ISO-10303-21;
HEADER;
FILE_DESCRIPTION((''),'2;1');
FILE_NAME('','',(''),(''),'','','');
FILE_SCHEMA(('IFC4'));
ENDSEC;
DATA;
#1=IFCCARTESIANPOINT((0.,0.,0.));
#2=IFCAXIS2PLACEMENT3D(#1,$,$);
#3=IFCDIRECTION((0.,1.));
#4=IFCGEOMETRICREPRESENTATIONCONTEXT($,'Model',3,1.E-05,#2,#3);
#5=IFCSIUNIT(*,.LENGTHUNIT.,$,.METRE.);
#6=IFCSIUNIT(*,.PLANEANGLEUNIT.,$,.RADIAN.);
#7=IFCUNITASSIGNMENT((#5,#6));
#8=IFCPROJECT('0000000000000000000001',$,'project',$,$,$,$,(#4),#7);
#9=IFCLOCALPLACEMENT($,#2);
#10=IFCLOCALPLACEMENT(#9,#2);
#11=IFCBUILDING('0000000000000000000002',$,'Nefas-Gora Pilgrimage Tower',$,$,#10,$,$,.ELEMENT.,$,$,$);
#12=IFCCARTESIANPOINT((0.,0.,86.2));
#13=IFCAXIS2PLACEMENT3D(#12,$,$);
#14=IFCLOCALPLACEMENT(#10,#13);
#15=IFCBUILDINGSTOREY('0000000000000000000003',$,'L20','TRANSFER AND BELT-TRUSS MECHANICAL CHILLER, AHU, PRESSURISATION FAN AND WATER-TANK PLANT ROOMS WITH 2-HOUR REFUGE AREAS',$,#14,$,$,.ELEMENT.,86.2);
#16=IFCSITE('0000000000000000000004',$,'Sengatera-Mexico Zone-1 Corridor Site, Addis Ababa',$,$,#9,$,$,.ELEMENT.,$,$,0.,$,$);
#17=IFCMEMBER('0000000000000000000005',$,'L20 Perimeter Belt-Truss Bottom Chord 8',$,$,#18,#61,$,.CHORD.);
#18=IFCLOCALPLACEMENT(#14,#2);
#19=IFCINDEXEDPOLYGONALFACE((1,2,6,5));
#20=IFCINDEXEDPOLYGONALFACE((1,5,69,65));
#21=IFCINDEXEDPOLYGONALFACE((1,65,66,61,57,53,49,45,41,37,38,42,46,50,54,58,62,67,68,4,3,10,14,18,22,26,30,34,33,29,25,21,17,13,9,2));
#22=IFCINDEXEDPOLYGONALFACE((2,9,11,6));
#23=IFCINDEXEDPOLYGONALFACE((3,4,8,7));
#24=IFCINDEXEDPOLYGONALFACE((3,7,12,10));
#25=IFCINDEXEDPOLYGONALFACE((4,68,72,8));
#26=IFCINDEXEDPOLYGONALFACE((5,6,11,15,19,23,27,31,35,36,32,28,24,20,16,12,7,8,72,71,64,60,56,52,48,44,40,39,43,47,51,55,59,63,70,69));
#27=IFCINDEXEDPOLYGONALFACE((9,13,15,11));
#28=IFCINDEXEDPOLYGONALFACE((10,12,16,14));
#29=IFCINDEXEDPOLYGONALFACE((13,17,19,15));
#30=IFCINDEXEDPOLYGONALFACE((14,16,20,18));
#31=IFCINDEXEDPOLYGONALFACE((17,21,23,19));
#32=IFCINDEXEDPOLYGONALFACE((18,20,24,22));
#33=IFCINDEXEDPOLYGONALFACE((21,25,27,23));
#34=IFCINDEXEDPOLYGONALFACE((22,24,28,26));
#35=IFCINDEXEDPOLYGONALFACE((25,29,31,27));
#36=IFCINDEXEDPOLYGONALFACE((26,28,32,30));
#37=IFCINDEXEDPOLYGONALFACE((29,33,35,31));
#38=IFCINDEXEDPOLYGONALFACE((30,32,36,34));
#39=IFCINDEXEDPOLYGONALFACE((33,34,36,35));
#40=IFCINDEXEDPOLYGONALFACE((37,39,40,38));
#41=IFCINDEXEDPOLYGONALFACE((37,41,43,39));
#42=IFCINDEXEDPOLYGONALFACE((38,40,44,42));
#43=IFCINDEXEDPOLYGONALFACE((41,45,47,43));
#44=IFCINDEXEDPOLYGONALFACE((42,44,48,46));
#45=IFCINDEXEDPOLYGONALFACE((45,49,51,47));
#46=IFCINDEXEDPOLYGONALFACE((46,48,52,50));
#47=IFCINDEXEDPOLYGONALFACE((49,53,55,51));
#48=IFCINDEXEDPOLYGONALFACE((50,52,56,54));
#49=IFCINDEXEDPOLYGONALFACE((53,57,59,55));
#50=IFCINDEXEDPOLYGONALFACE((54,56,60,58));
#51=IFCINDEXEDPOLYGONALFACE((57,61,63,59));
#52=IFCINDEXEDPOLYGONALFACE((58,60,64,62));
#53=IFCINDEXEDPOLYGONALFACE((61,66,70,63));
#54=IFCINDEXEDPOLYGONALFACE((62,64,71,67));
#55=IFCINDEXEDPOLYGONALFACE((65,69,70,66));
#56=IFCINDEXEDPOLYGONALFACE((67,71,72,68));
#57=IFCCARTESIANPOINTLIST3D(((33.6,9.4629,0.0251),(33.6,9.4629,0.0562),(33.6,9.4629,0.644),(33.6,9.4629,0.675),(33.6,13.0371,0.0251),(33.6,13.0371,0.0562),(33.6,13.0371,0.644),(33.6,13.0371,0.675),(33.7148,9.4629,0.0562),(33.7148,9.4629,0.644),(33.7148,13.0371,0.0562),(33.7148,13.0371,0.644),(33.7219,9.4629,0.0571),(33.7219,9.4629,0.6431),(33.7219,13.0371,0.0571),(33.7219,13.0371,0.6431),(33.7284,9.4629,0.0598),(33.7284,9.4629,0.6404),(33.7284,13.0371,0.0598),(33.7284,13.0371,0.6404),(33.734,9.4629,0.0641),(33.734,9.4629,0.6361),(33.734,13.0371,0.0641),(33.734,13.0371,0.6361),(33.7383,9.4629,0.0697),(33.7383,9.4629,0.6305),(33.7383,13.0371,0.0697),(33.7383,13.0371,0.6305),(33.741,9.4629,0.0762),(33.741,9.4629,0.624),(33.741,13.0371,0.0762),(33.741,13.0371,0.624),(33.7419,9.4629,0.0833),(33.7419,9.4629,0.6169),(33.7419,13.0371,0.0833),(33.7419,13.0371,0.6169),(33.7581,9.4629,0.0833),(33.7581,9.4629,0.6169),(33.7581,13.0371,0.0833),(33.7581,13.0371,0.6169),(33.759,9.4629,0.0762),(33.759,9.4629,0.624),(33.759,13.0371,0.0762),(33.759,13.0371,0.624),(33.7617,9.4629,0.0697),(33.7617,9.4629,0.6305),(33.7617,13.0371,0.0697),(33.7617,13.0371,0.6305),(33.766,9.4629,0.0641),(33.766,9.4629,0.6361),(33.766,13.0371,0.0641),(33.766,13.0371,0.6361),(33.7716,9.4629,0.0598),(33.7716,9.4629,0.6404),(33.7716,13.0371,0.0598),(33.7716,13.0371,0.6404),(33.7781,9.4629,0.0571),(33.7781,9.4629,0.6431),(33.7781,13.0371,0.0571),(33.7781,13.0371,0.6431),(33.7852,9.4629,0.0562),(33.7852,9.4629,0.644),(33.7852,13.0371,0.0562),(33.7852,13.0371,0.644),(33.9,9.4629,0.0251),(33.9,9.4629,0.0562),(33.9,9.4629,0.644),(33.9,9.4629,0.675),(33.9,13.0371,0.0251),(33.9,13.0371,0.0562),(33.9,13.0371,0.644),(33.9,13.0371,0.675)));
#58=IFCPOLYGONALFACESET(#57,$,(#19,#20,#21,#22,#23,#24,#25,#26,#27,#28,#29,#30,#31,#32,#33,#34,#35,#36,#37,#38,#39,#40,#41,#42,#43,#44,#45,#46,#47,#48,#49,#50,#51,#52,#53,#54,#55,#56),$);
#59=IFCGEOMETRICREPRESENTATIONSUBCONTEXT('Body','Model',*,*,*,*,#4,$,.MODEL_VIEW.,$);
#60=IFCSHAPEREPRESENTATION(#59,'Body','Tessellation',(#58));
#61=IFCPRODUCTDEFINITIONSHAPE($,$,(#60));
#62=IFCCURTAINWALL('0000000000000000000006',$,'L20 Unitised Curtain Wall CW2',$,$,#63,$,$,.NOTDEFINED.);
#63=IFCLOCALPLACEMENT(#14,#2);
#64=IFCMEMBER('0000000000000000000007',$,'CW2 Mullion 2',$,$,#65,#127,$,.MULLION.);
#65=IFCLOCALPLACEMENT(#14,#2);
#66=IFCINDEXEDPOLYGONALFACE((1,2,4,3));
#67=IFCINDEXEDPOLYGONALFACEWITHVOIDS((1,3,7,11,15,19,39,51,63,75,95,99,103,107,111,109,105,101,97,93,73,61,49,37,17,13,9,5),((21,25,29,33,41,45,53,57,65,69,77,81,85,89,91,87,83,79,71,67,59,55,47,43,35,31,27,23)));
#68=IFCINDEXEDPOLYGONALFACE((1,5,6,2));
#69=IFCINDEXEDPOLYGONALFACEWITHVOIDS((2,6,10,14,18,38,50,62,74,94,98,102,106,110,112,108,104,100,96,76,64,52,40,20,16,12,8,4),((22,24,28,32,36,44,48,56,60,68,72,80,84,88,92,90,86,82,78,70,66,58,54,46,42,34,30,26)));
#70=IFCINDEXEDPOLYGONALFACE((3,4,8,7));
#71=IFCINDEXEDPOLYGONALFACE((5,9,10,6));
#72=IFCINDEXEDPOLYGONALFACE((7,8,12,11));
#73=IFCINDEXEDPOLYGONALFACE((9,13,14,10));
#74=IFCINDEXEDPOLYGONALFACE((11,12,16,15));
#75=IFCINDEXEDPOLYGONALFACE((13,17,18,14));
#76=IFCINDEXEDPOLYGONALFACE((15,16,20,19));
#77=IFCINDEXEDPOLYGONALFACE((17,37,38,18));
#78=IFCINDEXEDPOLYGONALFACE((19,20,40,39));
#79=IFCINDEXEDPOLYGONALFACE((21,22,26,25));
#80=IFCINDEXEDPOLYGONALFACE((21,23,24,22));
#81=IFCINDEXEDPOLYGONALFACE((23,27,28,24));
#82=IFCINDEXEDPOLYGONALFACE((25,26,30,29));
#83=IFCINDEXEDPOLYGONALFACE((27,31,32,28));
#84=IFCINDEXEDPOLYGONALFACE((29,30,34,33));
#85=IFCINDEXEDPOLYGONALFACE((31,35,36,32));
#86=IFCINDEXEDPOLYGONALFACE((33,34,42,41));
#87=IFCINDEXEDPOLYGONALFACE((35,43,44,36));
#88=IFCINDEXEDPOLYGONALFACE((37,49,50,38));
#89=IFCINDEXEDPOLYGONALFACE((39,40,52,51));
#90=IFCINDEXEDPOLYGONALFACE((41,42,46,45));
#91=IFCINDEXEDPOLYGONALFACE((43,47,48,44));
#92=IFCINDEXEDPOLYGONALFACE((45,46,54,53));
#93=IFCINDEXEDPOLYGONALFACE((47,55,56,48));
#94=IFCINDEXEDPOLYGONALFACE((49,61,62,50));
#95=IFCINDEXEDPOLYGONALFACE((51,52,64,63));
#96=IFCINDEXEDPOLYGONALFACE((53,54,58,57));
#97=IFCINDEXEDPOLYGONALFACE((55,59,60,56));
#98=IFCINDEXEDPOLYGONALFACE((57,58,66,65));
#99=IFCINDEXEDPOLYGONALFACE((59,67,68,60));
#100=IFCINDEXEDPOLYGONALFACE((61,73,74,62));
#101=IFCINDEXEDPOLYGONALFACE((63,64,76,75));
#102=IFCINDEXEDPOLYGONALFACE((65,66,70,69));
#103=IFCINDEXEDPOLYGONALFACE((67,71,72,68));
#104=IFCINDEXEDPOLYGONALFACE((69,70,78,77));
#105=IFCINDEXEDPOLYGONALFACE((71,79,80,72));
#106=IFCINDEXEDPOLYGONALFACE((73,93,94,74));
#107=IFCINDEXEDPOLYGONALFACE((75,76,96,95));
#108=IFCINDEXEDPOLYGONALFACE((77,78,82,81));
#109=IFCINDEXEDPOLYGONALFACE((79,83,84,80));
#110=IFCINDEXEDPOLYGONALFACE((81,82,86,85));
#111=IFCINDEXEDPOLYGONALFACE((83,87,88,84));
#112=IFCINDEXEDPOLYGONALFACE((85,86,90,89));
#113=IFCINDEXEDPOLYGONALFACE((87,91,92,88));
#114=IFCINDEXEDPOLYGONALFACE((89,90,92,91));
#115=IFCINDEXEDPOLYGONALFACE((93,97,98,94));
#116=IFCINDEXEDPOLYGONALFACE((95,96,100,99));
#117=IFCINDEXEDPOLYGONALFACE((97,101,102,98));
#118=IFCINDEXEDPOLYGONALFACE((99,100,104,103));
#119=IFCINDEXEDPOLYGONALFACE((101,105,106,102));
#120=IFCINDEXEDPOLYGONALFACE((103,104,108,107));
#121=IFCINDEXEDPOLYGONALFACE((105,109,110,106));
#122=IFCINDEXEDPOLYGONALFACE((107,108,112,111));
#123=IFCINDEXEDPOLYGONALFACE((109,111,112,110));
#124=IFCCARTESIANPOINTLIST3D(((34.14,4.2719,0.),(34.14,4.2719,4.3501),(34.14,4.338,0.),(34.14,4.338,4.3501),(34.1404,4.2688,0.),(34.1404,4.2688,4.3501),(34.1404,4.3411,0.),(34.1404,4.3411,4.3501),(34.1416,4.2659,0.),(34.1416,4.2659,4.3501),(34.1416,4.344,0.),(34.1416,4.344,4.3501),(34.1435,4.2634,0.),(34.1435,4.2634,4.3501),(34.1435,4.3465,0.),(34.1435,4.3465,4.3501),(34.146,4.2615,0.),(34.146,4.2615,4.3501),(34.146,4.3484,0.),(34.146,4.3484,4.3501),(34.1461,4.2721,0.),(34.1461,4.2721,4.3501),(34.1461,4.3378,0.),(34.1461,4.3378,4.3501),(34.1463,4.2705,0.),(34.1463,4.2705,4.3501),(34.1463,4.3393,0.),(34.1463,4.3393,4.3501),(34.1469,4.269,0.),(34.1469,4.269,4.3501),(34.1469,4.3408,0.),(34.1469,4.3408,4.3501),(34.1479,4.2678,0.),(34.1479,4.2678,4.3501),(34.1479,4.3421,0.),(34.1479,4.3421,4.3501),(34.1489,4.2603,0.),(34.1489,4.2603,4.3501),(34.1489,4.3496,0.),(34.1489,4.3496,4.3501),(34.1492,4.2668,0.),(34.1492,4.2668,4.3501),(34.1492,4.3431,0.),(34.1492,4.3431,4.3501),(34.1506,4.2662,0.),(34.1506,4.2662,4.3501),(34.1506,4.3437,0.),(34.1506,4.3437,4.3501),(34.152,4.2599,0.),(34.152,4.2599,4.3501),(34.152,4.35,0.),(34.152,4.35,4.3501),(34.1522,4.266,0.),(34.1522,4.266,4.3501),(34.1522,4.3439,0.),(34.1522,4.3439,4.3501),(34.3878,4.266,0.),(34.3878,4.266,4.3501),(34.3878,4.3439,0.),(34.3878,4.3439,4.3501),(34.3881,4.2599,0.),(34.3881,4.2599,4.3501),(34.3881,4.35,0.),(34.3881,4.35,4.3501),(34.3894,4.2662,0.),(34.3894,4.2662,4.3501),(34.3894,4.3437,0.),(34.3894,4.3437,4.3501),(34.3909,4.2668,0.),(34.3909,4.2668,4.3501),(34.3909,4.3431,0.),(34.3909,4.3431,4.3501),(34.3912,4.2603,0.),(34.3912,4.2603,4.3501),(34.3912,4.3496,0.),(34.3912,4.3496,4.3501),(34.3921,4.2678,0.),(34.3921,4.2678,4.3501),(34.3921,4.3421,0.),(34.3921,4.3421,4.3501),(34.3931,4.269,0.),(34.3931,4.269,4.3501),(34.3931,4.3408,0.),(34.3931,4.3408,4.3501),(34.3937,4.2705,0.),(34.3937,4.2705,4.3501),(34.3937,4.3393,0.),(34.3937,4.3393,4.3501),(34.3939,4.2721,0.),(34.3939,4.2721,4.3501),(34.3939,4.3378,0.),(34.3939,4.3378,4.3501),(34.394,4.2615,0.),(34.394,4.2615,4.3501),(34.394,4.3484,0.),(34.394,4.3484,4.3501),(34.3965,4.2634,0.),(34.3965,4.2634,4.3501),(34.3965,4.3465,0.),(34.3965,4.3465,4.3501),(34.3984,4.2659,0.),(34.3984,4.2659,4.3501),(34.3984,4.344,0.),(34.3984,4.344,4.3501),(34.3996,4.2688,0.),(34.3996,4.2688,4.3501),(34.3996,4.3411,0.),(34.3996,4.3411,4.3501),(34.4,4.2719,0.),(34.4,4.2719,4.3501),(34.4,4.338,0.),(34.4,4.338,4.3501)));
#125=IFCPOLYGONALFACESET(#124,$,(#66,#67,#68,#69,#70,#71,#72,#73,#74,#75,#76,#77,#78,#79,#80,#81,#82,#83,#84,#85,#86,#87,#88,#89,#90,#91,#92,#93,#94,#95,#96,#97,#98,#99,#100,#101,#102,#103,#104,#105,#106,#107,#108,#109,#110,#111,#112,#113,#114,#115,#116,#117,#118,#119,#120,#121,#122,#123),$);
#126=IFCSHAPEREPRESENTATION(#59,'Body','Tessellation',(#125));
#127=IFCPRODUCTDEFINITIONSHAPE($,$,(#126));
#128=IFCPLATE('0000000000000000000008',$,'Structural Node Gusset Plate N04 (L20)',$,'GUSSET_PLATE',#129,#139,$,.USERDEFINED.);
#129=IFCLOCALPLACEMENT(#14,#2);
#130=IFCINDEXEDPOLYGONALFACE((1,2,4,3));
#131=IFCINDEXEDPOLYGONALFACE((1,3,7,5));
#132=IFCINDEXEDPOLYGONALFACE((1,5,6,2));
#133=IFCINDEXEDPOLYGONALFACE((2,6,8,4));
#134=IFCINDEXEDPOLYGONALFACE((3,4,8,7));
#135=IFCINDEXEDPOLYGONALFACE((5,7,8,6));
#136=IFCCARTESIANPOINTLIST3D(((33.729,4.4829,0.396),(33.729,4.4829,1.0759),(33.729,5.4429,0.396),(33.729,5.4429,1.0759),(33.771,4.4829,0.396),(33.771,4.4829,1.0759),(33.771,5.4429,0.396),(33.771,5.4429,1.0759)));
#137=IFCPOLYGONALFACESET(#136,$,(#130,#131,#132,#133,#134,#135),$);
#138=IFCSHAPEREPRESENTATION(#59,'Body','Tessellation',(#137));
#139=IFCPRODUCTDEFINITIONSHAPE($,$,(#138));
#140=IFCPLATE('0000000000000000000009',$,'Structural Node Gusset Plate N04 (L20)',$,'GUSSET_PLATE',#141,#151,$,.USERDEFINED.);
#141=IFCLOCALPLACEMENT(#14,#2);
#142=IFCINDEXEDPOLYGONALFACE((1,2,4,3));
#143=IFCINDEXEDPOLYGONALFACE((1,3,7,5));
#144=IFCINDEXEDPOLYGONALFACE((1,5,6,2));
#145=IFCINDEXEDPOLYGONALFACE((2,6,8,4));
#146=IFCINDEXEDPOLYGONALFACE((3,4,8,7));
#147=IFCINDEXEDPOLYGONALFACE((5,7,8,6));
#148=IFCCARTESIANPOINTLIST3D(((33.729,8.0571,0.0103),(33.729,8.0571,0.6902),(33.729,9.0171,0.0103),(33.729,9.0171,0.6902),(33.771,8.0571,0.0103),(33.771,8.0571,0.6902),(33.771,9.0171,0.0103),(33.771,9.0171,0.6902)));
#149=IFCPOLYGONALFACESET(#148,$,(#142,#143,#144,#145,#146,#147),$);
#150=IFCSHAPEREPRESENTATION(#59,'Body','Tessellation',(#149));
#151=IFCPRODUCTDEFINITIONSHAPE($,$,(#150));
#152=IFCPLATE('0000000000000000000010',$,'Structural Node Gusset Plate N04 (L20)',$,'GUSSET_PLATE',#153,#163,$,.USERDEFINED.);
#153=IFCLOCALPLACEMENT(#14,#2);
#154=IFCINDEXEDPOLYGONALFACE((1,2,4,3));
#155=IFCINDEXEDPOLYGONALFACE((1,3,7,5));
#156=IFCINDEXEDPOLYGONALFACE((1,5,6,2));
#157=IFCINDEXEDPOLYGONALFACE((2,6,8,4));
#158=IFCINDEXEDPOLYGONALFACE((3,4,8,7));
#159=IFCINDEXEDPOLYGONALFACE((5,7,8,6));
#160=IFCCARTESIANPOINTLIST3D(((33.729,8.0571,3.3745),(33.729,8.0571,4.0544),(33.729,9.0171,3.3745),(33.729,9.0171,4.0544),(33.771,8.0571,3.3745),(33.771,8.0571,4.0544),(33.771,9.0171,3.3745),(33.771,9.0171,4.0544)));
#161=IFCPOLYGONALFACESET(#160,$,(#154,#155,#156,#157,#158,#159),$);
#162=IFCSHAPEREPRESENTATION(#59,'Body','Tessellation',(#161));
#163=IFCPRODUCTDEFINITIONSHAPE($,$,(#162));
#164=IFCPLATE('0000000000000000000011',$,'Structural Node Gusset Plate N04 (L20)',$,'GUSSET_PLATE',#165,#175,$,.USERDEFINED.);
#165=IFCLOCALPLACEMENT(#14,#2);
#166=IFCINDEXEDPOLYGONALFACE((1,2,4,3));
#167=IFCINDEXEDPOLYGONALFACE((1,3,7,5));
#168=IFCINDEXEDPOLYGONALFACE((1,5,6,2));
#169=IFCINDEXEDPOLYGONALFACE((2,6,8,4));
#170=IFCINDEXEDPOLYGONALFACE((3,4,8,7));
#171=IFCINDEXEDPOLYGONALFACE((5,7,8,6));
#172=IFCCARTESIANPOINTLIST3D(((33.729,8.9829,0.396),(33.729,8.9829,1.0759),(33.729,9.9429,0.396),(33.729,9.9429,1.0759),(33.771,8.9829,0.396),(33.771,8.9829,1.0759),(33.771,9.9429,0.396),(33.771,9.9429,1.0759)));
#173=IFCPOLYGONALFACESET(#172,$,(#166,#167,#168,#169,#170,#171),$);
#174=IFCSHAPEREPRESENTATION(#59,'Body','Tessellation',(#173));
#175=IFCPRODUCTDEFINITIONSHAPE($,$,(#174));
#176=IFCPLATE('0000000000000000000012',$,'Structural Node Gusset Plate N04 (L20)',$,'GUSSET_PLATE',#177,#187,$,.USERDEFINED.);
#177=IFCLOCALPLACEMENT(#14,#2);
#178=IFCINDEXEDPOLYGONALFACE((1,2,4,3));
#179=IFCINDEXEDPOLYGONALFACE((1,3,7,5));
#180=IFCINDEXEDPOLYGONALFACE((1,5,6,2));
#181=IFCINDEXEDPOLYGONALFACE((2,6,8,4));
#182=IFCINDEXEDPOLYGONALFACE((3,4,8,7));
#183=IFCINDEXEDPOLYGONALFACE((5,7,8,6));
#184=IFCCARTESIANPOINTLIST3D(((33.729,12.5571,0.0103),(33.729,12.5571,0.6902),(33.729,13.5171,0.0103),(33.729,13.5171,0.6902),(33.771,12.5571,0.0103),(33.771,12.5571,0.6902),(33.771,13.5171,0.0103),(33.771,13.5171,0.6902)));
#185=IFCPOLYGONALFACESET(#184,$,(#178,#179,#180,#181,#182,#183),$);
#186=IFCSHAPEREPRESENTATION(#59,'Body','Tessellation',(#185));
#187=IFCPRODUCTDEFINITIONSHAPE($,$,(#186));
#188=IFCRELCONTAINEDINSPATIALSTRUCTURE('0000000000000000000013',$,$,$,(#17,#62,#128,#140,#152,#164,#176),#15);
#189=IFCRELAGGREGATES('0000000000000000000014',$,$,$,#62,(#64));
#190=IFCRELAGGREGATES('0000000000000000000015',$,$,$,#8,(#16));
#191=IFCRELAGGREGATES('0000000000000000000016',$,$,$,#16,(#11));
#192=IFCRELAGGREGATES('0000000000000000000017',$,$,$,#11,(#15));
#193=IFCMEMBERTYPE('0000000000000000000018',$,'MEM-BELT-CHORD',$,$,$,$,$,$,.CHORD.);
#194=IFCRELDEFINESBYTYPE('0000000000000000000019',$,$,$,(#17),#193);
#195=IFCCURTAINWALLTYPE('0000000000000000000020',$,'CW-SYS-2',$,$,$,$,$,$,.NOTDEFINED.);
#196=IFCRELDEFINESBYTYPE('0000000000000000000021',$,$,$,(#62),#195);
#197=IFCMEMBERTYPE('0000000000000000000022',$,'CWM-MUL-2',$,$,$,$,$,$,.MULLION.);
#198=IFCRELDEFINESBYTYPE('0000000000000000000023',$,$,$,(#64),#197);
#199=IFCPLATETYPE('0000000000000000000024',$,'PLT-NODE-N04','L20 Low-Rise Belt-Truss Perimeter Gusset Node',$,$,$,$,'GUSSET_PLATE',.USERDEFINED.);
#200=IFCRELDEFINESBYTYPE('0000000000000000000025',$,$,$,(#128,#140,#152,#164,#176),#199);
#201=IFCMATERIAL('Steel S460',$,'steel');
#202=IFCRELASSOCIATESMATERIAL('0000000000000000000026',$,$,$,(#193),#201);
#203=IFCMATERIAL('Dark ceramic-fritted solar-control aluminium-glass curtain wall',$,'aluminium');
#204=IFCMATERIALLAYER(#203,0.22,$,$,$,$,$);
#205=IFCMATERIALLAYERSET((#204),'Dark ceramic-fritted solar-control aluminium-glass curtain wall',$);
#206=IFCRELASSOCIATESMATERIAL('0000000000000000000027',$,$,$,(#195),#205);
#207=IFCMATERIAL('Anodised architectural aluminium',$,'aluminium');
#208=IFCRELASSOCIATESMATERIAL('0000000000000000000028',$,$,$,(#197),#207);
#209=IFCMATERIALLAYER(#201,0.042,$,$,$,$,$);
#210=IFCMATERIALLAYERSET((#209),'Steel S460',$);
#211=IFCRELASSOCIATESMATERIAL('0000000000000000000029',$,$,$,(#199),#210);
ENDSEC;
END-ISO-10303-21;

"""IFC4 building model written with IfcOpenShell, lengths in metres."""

from ifc_helpers import new_model, si_unit, direction, frame, origin, origin_2d, place, context, subcontext, project, spatial, rectangle, hollow_rectangle, i_section, extrude, source, transform, mapped, material, layer, layer_set, material_profile, profile_set, type_object, element, aggregate, save


model = new_model("IFC4")

# Units and contexts
model_context = context("Model", 3, precision=1e-05, world=origin(), true_north=direction((0.0, 1.0)))
body_context = subcontext(model_context, "Body", "Model", "MODEL_VIEW")
ifc_project = project(units=[si_unit("LENGTHUNIT", "METRE"), si_unit("PLANEANGLEUNIT", "RADIAN")], contexts=[model_context])

# Site, building, storey
site_placement = place(None, origin())
site = spatial("IfcSite", under=ifc_project, at=site_placement, Name="Sengatera-Mexico Zone-1 Corridor Site, Addis Ababa", CompositionType="ELEMENT", RefElevation=0.0)
building_placement = place(site_placement, origin())
building = spatial("IfcBuilding", under=site, at=building_placement, Name="Nefas-Gora Pilgrimage Tower", CompositionType="ELEMENT")
storey_placement = place(building_placement, frame((0.0, 0.0, 86.2)))
storey = spatial("IfcBuildingStorey", under=building, at=storey_placement, Name="L20", Description="TRANSFER AND BELT-TRUSS MECHANICAL CHILLER, AHU, PRESSURISATION FAN AND WATER-TANK PLANT ROOMS WITH 2-HOUR REFUGE AREAS", CompositionType="ELEMENT", Elevation=86.2)

# Shared definitions
ifc_material_1 = material(Name="Steel S460", Category="steel")

# Member
ifc_material_profile_1 = material_profile(ifc_material_1, i_section(OverallWidth=0.3, OverallDepth=0.6499, WebThickness=0.0161, FlangeThickness=0.031, FilletRadius=0.0271, at=origin_2d()), Name="HEB 650")
ifc_profile_set_1 = profile_set([ifc_material_profile_1], Name="Steel S460")
member_type_1 = type_object("IfcMemberType", Name="MEM-BELT-CHORD", PredefinedType="CHORD", material=ifc_profile_set_1)
shared_shape_1 = source(origin(), body_context, "Body", "SweptSolid", [
    extrude(i_section(OverallWidth=0.3, OverallDepth=0.6499, WebThickness=0.0161, FlangeThickness=0.031, FilletRadius=0.0271, at=origin_2d()), origin(), (0.0, 0.0, 1.0), 3.5742),
])
for number, where, z_axis, x_axis, name in (
    (1, (33.75, 9.4629, 0.3501), (0.0, 1.0, 0.0), (-1.0, 0.0, 0.0), "L20 Perimeter Belt-Truss Bottom Chord 8"),
):
    element("IfcMember", number, at=place(storey_placement, frame(where, z_axis=z_axis, x_axis=x_axis)), inside=storey, type_object=member_type_1, Name=name, PredefinedType="CHORD", context=body_context, shape_type="MappedRepresentation", body=[
        mapped(shared_shape_1, transform((0.0, 0.0, 0.0), x_axis=(1.0, 0.0, 0.0), y_axis=(0.0, 1.0, 0.0), z_axis=(0.0, 0.0, 1.0), scale=1.0)),
    ])

# Curtain wall, member
ifc_material_2 = material(Name="Dark ceramic-fritted solar-control aluminium-glass curtain wall", Category="aluminium")
ifc_layer_1 = layer(ifc_material_2, 0.22)
ifc_layer_set_1 = layer_set([ifc_layer_1], Name="Dark ceramic-fritted solar-control aluminium-glass curtain wall")
curtain_wall_type = type_object("IfcCurtainWallType", Name="CW-SYS-2", PredefinedType="NOTDEFINED", material=ifc_layer_set_1)
curtain_wall_placement = place(storey_placement, origin())
curtain_wall = element("IfcCurtainWall", 2, at=curtain_wall_placement, inside=storey, type_object=curtain_wall_type, Name="L20 Unitised Curtain Wall CW2", PredefinedType="NOTDEFINED")
ifc_material_3 = material(Name="Anodised architectural aluminium", Category="aluminium")
ifc_material_profile_2 = material_profile(ifc_material_3, hollow_rectangle(XDim=0.0901, YDim=0.26, WallThickness=0.0061, InnerFilletRadius=0.0061, OuterFilletRadius=0.012, at=origin_2d()), Name="ALU MULLION 90x260")
ifc_profile_set_2 = profile_set([ifc_material_profile_2], Name="Anodised architectural aluminium")
member_type_2 = type_object("IfcMemberType", Name="CWM-MUL-2", PredefinedType="MULLION", material=ifc_profile_set_2)
shared_shape_2 = source(origin(), body_context, "Body", "SweptSolid", [
    extrude(hollow_rectangle(XDim=0.0901, YDim=0.26, WallThickness=0.0061, InnerFilletRadius=0.0061, OuterFilletRadius=0.012, at=origin_2d()), origin(), (0.0, 0.0, 1.0), 4.3501),
])
member_placement = place(storey_placement, frame((34.27, 4.3049, 0.0), z_axis=(0.0, 0.0, 1.0), x_axis=(0.0, 1.0, 0.0)))
member = element("IfcMember", 3, at=member_placement, type_object=member_type_2, Name="CW2 Mullion 2", PredefinedType="MULLION", context=body_context, shape_type="MappedRepresentation", body=[
    mapped(shared_shape_2, transform((0.0, 0.0, 0.0), x_axis=(1.0, 0.0, 0.0), y_axis=(0.0, 1.0, 0.0), z_axis=(0.0, 0.0, 1.0), scale=1.0)),
])

# Plates
ifc_layer_2 = layer(ifc_material_1, 0.042)
ifc_layer_set_2 = layer_set([ifc_layer_2], Name="Steel S460")
plate_type_1 = type_object("IfcPlateType", Name="PLT-NODE-N04", Description="L20 Low-Rise Belt-Truss Perimeter Gusset Node", ElementType="GUSSET_PLATE", PredefinedType="USERDEFINED", material=ifc_layer_set_2)
shared_shape_3 = source(origin(), body_context, "Body", "SweptSolid", [
    extrude(rectangle(XDim=0.96, YDim=0.042, at=origin_2d()), origin(), (0.0, 0.0, 1.0), 0.6799),
])
for number, where, z_axis, x_axis, name in (
    (4, (33.75, 4.9629, 0.396), (0.0, 0.0, 1.0), (0.0, 1.0, 0.0), "Structural Node Gusset Plate N04 (L20)"),
    (5, (33.75, 8.5371, 0.0103), (0.0, 0.0, 1.0), (0.0, 1.0, 0.0), "Structural Node Gusset Plate N04 (L20)"),
    (6, (33.75, 8.5371, 3.3745), (0.0, 0.0, 1.0), (0.0, 1.0, 0.0), "Structural Node Gusset Plate N04 (L20)"),
    (7, (33.75, 9.4629, 0.396), (0.0, 0.0, 1.0), (0.0, 1.0, 0.0), "Structural Node Gusset Plate N04 (L20)"),
    (8, (33.75, 13.0371, 0.0103), (0.0, 0.0, 1.0), (0.0, 1.0, 0.0), "Structural Node Gusset Plate N04 (L20)"),
):
    element("IfcPlate", number, at=place(storey_placement, frame(where, z_axis=z_axis, x_axis=x_axis)), inside=storey, type_object=plate_type_1, Name=name, ObjectType="GUSSET_PLATE", PredefinedType="USERDEFINED", context=body_context, shape_type="MappedRepresentation", body=[
        mapped(shared_shape_3, transform((0.0, 0.0, 0.0), x_axis=(1.0, 0.0, 0.0), y_axis=(0.0, 1.0, 0.0), z_axis=(0.0, 0.0, 1.0), scale=1.0)),
    ])

aggregate(curtain_wall, [member])

save(model, "model.ifc")
